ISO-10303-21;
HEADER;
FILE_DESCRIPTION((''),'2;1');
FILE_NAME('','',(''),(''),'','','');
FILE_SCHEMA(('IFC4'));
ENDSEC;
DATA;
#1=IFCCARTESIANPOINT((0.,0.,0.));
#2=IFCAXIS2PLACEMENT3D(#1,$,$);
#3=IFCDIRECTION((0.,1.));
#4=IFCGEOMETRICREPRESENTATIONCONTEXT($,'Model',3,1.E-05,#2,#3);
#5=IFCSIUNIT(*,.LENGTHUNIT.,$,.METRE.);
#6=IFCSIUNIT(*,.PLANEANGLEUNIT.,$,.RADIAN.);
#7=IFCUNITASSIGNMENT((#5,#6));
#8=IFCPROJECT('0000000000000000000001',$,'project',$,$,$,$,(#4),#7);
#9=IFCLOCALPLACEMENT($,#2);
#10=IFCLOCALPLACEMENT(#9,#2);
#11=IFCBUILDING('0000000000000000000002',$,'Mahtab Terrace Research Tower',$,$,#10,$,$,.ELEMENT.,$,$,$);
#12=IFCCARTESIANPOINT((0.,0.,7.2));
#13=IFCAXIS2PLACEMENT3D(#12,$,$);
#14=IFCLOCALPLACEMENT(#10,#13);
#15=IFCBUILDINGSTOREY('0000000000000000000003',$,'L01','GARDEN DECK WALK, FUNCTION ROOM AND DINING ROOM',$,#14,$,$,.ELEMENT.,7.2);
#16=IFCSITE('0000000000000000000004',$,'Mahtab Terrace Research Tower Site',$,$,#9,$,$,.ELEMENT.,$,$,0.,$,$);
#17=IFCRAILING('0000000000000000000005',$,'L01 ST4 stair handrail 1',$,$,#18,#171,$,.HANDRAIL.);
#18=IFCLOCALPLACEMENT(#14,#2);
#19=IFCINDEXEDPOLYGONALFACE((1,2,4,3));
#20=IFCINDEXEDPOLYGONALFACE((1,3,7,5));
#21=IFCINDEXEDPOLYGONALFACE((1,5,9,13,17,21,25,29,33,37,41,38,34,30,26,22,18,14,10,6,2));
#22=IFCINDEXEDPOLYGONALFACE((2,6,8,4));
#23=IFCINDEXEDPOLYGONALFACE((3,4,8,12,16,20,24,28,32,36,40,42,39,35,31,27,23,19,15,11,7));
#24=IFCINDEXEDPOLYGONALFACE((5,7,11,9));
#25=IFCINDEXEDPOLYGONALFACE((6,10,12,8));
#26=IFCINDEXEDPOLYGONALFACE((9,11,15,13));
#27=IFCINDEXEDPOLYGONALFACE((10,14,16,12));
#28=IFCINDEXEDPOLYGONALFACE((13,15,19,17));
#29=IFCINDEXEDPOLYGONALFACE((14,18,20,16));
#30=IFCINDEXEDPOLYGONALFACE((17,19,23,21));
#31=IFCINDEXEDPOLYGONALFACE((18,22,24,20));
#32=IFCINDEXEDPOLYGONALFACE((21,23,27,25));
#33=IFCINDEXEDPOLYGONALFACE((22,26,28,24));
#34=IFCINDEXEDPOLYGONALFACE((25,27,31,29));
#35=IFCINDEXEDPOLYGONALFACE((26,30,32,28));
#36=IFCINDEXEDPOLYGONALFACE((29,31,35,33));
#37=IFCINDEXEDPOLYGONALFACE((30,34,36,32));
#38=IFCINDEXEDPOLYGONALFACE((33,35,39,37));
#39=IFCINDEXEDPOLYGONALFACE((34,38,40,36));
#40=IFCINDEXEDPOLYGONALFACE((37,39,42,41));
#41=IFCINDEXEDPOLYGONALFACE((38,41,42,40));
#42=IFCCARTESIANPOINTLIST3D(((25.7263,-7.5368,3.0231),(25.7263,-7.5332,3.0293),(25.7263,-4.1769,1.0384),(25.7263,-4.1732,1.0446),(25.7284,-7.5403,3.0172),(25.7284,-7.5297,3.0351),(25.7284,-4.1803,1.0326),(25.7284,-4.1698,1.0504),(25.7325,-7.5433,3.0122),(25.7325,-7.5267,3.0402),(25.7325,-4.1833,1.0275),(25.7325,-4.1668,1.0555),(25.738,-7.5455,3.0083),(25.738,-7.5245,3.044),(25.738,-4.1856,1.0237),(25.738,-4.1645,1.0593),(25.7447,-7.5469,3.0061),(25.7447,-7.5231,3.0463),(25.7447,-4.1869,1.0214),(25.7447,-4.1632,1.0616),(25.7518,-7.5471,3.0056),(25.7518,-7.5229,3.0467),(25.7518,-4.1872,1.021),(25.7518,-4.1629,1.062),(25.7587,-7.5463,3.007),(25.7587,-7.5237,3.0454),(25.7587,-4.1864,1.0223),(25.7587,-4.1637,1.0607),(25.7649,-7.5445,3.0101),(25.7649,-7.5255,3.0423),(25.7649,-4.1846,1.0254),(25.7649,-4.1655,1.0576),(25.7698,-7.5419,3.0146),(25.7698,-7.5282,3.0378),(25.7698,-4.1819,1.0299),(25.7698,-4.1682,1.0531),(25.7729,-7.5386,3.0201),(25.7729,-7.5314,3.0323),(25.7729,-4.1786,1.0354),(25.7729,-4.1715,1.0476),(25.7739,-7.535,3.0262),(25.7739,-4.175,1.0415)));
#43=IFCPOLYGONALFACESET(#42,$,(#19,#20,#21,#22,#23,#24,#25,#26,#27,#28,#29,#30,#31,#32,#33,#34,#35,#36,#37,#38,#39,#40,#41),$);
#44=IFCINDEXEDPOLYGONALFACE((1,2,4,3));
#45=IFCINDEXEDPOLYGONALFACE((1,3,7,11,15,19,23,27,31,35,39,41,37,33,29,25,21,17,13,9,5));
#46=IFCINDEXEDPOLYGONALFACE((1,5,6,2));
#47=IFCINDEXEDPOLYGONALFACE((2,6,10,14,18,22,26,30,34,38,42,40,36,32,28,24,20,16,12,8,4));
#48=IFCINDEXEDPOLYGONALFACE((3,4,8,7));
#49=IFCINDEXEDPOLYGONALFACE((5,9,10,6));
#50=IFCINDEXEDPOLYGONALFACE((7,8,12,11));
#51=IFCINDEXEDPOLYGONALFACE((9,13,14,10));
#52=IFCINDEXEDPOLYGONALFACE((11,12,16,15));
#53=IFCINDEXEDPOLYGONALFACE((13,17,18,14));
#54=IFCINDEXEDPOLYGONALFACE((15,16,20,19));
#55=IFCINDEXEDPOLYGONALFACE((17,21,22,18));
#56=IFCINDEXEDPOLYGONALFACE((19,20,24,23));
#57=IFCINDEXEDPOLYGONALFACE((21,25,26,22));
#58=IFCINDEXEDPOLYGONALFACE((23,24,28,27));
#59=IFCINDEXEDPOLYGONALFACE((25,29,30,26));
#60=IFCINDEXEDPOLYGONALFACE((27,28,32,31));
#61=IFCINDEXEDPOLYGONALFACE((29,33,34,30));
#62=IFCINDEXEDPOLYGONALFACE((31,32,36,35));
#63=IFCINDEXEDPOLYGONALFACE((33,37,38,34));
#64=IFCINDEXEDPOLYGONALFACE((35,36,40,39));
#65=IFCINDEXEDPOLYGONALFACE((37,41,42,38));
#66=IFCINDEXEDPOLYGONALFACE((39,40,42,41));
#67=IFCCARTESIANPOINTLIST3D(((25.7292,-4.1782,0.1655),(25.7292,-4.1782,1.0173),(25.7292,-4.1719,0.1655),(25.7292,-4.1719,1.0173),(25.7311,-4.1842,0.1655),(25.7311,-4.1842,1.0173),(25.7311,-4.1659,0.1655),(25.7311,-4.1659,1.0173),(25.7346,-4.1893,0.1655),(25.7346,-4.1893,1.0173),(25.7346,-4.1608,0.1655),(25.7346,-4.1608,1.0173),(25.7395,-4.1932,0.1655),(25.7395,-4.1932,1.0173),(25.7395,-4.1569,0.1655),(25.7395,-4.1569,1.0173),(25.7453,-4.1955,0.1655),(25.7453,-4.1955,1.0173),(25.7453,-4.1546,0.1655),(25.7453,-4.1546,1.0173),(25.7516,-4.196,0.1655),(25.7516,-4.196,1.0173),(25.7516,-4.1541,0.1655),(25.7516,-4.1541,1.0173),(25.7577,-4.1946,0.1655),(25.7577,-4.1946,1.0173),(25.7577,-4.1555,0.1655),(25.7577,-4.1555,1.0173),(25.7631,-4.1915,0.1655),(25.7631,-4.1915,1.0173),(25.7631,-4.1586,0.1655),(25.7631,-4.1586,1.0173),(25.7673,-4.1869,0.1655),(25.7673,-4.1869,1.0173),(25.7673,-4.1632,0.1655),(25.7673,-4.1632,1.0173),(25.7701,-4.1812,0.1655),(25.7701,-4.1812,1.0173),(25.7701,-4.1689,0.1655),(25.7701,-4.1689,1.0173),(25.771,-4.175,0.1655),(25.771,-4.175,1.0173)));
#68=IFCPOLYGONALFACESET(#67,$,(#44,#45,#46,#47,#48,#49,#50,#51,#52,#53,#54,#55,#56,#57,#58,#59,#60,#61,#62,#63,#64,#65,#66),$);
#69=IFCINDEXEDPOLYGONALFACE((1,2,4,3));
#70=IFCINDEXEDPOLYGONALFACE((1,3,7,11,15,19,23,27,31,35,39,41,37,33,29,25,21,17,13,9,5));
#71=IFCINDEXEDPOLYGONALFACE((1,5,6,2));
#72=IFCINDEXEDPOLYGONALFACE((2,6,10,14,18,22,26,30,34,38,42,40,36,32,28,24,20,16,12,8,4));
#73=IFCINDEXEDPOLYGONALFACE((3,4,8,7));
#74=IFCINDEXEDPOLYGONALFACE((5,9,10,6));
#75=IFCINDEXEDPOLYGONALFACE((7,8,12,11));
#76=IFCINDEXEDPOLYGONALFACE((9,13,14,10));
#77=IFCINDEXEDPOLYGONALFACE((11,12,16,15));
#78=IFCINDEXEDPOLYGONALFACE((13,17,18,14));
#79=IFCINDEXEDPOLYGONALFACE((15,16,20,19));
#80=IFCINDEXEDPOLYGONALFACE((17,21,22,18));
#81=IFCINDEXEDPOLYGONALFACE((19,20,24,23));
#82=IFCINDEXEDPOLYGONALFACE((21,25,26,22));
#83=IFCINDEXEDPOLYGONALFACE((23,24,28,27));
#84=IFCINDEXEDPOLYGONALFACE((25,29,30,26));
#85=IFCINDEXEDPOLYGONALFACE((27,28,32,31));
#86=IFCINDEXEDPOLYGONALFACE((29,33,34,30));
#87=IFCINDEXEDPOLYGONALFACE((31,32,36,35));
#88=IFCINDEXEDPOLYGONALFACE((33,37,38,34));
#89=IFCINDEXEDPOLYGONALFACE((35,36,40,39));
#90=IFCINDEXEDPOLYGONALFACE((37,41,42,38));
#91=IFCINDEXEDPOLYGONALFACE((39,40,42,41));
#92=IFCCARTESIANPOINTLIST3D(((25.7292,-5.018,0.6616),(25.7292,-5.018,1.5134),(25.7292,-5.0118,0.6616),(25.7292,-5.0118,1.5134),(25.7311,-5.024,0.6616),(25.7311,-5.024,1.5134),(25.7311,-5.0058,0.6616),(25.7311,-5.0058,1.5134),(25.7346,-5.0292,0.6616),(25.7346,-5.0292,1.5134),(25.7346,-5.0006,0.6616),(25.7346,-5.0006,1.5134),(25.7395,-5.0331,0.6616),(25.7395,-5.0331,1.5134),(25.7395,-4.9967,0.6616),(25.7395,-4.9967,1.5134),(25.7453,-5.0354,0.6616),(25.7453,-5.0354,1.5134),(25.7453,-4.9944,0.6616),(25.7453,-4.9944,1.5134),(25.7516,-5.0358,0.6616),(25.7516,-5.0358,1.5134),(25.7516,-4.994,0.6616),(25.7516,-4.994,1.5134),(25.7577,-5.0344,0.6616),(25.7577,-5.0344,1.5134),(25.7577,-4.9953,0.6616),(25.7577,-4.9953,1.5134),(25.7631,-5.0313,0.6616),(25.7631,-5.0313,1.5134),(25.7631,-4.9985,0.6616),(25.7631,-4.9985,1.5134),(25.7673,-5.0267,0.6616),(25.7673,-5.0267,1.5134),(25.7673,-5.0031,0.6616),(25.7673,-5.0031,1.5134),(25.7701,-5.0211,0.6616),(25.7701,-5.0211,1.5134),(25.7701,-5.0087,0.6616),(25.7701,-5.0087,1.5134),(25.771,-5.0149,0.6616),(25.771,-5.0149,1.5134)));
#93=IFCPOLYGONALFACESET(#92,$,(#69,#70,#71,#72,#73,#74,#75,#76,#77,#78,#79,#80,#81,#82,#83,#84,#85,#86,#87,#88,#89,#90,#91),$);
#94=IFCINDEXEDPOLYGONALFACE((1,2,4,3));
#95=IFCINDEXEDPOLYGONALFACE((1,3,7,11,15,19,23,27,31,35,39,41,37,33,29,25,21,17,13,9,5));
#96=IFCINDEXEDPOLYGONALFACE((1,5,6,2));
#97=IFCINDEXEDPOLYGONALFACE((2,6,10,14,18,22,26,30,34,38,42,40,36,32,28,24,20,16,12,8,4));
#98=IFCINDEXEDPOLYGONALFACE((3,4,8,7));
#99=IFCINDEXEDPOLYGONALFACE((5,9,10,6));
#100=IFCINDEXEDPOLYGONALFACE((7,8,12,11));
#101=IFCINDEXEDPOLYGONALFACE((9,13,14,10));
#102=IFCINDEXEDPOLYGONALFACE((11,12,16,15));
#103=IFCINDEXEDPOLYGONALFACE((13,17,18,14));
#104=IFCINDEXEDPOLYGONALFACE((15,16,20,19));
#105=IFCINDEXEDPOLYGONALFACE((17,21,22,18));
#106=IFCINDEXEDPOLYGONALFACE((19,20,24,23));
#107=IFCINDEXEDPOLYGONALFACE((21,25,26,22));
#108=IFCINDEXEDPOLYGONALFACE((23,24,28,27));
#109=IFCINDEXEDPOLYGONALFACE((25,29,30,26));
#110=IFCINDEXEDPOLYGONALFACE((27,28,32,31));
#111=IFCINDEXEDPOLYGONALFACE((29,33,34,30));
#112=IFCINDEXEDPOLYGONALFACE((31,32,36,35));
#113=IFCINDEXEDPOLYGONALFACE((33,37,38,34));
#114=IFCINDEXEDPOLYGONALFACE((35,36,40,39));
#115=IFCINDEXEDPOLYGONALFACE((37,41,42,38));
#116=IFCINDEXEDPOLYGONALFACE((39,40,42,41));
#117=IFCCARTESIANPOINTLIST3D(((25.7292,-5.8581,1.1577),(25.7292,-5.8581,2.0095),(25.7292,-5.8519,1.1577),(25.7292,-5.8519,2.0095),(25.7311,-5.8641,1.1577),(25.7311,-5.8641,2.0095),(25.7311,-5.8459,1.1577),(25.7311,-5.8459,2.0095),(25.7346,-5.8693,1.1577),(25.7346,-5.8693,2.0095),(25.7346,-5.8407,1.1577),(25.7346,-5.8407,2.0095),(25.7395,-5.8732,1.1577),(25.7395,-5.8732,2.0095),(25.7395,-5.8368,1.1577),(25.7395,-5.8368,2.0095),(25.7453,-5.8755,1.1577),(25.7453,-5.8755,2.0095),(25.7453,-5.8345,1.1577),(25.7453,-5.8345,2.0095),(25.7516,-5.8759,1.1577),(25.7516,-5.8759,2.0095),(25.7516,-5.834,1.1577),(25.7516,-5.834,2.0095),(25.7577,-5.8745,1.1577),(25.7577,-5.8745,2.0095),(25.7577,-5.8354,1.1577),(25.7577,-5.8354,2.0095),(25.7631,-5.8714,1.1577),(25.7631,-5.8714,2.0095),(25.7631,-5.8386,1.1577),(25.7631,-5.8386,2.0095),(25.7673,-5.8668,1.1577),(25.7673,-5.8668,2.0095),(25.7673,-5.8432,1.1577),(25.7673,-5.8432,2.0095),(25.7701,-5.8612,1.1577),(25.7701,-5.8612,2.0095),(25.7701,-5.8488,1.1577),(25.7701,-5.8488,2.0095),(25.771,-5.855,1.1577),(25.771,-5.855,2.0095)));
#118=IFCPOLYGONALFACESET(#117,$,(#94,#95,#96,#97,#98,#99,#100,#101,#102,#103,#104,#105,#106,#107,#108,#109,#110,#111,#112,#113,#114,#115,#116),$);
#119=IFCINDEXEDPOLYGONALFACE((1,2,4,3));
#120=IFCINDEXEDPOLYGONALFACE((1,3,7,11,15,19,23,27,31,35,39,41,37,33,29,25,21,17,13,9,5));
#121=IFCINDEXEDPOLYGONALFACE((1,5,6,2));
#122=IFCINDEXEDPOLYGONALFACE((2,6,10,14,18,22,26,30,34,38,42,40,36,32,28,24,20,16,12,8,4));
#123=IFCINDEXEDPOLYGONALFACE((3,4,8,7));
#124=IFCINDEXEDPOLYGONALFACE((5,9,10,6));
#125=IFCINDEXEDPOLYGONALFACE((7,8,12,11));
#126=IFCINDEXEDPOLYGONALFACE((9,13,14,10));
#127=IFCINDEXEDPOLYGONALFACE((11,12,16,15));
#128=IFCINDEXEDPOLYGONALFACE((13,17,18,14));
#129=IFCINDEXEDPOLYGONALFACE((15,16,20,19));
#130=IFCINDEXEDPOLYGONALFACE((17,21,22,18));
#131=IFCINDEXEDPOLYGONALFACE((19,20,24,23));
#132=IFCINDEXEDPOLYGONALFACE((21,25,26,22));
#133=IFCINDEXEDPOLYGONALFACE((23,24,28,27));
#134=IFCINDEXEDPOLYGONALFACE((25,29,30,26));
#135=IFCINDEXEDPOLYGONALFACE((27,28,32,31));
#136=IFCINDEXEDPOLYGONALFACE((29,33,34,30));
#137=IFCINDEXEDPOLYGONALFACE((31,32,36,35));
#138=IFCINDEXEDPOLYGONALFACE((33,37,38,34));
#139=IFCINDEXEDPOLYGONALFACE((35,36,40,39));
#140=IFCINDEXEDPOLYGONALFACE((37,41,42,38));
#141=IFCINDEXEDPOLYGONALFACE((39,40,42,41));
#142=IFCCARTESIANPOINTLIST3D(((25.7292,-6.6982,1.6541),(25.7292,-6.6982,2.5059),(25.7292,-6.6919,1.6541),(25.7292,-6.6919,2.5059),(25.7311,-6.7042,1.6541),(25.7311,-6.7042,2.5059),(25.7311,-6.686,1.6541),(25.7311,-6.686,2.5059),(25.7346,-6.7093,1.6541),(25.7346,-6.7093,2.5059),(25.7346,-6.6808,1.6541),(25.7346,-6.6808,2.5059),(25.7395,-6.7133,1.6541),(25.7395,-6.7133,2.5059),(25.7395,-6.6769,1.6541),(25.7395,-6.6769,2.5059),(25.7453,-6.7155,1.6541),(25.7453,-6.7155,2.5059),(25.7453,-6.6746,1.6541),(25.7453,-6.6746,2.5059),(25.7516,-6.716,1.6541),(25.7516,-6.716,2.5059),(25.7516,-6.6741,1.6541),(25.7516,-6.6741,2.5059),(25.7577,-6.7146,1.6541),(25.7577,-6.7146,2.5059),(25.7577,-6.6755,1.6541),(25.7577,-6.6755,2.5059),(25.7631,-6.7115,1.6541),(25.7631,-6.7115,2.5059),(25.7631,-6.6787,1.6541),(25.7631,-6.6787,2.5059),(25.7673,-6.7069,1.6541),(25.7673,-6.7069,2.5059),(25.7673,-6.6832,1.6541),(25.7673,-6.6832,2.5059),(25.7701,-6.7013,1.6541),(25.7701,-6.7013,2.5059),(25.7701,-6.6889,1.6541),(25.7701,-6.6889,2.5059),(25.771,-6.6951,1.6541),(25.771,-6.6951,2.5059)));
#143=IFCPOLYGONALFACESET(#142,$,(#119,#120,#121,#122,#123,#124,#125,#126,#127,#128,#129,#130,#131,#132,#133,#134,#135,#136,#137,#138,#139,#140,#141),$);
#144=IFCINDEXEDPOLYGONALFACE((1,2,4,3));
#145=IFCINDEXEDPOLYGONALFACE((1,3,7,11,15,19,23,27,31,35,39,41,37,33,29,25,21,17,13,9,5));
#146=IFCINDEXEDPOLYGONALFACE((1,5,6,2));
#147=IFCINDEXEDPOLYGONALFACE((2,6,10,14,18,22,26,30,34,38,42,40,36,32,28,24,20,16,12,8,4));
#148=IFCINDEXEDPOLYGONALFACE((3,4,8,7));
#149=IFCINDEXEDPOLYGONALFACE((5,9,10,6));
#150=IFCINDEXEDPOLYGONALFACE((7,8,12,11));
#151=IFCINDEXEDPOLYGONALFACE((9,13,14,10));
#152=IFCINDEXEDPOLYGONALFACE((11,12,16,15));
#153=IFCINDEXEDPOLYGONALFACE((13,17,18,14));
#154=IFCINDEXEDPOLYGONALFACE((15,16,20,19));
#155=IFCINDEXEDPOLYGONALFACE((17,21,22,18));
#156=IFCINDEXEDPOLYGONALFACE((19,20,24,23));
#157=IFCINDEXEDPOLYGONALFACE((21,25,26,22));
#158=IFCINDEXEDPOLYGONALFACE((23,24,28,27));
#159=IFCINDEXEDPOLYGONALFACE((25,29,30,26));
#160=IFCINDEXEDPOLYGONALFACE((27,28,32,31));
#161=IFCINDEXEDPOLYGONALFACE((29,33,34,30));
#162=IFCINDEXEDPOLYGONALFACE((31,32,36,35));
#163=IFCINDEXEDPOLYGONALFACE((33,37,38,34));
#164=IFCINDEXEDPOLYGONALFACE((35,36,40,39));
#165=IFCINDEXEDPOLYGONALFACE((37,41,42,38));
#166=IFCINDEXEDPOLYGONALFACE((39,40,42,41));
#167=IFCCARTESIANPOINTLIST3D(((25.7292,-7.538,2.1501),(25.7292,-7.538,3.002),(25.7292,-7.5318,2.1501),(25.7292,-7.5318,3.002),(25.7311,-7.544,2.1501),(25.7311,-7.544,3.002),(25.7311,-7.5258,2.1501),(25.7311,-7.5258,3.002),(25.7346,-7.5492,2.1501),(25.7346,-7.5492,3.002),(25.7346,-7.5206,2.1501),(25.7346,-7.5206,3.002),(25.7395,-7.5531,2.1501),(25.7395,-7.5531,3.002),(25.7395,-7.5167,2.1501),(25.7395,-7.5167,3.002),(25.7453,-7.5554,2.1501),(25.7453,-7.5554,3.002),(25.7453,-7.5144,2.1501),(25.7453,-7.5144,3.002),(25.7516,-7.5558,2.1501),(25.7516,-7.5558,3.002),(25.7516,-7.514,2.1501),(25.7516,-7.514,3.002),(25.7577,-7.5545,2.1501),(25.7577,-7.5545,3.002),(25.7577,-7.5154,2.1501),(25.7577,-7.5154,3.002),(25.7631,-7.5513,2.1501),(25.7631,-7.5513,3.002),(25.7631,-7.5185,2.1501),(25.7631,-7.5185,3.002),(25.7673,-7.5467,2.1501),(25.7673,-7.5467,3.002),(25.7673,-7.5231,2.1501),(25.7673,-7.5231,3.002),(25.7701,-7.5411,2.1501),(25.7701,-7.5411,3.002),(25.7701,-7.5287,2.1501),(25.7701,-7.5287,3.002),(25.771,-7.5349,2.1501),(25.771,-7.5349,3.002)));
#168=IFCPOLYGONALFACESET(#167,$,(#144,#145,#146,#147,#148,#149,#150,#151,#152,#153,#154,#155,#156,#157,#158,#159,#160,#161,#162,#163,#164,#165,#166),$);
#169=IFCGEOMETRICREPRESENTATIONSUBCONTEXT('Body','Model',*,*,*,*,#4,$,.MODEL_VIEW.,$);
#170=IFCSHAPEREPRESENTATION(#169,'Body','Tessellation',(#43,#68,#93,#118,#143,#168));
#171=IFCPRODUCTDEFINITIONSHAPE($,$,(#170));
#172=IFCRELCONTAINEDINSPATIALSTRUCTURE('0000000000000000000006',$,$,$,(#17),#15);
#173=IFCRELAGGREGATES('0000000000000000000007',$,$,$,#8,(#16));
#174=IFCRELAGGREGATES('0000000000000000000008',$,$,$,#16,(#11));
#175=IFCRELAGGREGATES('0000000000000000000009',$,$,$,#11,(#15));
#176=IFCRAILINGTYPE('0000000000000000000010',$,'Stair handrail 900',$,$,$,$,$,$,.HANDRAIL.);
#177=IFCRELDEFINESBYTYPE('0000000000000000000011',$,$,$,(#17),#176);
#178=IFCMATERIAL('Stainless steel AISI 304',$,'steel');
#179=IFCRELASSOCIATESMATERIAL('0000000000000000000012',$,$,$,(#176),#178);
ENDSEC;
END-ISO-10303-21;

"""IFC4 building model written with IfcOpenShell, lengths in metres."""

from ifc_helpers import new_model, si_unit, direction, frame, origin, origin_2d, place, context, subcontext, project, spatial, circle, extrude, material, type_object, element, save


model = new_model("IFC4")

# Units and contexts
model_context = context("Model", 3, precision=1e-05, world=origin(), true_north=direction((0.0, 1.0)))
body_context = subcontext(model_context, "Body", "Model", "MODEL_VIEW")
ifc_project = project(units=[si_unit("LENGTHUNIT", "METRE"), si_unit("PLANEANGLEUNIT", "RADIAN")], contexts=[model_context])

# Site, building, storey
site_placement = place(None, origin())
site = spatial("IfcSite", under=ifc_project, at=site_placement, Name="Mahtab Terrace Research Tower Site", CompositionType="ELEMENT", RefElevation=0.0)
building_placement = place(site_placement, origin())
building = spatial("IfcBuilding", under=site, at=building_placement, Name="Mahtab Terrace Research Tower", CompositionType="ELEMENT")
storey_placement = place(building_placement, frame((0.0, 0.0, 7.2)))
storey = spatial("IfcBuildingStorey", under=building, at=storey_placement, Name="L01", Description="GARDEN DECK WALK, FUNCTION ROOM AND DINING ROOM", CompositionType="ELEMENT", Elevation=7.2)

# Railing
ifc_material_1 = material(Name="Stainless steel AISI 304", Category="steel")
railing_type_1 = type_object("IfcRailingType", Name="Stair handrail 900", PredefinedType="HANDRAIL", material=ifc_material_1)
railing_1_placement = place(storey_placement, frame((25.75, -4.175, 0.1655)))
element("IfcRailing", 1, at=railing_1_placement, inside=storey, type_object=railing_type_1, Name="L01 ST4 stair handrail 1", PredefinedType="HANDRAIL", context=body_context, shape_type="SweptSolid", body=[
    extrude(circle(Radius=0.0239, at=origin_2d()), frame((0.0, 0.0, 0.876), z_axis=(0.0, -0.861011, 0.508586), x_axis=(1.0, 0.0, 0.0)), (0.0, 0.0, 1.0), 3.9023),
    extrude(circle(Radius=0.021, at=origin_2d()), origin(), (0.0, 0.0, 1.0), 0.8518),
    extrude(circle(Radius=0.021, at=origin_2d()), frame((0.0, -0.8398, 0.4961)), (0.0, 0.0, 1.0), 0.8518),
    extrude(circle(Radius=0.021, at=origin_2d()), frame((0.0, -1.6799, 0.9922)), (0.0, 0.0, 1.0), 0.8518),
    extrude(circle(Radius=0.021, at=origin_2d()), frame((0.0, -2.52, 1.4885)), (0.0, 0.0, 1.0), 0.8518),
    extrude(circle(Radius=0.021, at=origin_2d()), frame((0.0, -3.3599, 1.9846)), (0.0, 0.0, 1.0), 0.8518),
])

save(model, "model.ifc")
